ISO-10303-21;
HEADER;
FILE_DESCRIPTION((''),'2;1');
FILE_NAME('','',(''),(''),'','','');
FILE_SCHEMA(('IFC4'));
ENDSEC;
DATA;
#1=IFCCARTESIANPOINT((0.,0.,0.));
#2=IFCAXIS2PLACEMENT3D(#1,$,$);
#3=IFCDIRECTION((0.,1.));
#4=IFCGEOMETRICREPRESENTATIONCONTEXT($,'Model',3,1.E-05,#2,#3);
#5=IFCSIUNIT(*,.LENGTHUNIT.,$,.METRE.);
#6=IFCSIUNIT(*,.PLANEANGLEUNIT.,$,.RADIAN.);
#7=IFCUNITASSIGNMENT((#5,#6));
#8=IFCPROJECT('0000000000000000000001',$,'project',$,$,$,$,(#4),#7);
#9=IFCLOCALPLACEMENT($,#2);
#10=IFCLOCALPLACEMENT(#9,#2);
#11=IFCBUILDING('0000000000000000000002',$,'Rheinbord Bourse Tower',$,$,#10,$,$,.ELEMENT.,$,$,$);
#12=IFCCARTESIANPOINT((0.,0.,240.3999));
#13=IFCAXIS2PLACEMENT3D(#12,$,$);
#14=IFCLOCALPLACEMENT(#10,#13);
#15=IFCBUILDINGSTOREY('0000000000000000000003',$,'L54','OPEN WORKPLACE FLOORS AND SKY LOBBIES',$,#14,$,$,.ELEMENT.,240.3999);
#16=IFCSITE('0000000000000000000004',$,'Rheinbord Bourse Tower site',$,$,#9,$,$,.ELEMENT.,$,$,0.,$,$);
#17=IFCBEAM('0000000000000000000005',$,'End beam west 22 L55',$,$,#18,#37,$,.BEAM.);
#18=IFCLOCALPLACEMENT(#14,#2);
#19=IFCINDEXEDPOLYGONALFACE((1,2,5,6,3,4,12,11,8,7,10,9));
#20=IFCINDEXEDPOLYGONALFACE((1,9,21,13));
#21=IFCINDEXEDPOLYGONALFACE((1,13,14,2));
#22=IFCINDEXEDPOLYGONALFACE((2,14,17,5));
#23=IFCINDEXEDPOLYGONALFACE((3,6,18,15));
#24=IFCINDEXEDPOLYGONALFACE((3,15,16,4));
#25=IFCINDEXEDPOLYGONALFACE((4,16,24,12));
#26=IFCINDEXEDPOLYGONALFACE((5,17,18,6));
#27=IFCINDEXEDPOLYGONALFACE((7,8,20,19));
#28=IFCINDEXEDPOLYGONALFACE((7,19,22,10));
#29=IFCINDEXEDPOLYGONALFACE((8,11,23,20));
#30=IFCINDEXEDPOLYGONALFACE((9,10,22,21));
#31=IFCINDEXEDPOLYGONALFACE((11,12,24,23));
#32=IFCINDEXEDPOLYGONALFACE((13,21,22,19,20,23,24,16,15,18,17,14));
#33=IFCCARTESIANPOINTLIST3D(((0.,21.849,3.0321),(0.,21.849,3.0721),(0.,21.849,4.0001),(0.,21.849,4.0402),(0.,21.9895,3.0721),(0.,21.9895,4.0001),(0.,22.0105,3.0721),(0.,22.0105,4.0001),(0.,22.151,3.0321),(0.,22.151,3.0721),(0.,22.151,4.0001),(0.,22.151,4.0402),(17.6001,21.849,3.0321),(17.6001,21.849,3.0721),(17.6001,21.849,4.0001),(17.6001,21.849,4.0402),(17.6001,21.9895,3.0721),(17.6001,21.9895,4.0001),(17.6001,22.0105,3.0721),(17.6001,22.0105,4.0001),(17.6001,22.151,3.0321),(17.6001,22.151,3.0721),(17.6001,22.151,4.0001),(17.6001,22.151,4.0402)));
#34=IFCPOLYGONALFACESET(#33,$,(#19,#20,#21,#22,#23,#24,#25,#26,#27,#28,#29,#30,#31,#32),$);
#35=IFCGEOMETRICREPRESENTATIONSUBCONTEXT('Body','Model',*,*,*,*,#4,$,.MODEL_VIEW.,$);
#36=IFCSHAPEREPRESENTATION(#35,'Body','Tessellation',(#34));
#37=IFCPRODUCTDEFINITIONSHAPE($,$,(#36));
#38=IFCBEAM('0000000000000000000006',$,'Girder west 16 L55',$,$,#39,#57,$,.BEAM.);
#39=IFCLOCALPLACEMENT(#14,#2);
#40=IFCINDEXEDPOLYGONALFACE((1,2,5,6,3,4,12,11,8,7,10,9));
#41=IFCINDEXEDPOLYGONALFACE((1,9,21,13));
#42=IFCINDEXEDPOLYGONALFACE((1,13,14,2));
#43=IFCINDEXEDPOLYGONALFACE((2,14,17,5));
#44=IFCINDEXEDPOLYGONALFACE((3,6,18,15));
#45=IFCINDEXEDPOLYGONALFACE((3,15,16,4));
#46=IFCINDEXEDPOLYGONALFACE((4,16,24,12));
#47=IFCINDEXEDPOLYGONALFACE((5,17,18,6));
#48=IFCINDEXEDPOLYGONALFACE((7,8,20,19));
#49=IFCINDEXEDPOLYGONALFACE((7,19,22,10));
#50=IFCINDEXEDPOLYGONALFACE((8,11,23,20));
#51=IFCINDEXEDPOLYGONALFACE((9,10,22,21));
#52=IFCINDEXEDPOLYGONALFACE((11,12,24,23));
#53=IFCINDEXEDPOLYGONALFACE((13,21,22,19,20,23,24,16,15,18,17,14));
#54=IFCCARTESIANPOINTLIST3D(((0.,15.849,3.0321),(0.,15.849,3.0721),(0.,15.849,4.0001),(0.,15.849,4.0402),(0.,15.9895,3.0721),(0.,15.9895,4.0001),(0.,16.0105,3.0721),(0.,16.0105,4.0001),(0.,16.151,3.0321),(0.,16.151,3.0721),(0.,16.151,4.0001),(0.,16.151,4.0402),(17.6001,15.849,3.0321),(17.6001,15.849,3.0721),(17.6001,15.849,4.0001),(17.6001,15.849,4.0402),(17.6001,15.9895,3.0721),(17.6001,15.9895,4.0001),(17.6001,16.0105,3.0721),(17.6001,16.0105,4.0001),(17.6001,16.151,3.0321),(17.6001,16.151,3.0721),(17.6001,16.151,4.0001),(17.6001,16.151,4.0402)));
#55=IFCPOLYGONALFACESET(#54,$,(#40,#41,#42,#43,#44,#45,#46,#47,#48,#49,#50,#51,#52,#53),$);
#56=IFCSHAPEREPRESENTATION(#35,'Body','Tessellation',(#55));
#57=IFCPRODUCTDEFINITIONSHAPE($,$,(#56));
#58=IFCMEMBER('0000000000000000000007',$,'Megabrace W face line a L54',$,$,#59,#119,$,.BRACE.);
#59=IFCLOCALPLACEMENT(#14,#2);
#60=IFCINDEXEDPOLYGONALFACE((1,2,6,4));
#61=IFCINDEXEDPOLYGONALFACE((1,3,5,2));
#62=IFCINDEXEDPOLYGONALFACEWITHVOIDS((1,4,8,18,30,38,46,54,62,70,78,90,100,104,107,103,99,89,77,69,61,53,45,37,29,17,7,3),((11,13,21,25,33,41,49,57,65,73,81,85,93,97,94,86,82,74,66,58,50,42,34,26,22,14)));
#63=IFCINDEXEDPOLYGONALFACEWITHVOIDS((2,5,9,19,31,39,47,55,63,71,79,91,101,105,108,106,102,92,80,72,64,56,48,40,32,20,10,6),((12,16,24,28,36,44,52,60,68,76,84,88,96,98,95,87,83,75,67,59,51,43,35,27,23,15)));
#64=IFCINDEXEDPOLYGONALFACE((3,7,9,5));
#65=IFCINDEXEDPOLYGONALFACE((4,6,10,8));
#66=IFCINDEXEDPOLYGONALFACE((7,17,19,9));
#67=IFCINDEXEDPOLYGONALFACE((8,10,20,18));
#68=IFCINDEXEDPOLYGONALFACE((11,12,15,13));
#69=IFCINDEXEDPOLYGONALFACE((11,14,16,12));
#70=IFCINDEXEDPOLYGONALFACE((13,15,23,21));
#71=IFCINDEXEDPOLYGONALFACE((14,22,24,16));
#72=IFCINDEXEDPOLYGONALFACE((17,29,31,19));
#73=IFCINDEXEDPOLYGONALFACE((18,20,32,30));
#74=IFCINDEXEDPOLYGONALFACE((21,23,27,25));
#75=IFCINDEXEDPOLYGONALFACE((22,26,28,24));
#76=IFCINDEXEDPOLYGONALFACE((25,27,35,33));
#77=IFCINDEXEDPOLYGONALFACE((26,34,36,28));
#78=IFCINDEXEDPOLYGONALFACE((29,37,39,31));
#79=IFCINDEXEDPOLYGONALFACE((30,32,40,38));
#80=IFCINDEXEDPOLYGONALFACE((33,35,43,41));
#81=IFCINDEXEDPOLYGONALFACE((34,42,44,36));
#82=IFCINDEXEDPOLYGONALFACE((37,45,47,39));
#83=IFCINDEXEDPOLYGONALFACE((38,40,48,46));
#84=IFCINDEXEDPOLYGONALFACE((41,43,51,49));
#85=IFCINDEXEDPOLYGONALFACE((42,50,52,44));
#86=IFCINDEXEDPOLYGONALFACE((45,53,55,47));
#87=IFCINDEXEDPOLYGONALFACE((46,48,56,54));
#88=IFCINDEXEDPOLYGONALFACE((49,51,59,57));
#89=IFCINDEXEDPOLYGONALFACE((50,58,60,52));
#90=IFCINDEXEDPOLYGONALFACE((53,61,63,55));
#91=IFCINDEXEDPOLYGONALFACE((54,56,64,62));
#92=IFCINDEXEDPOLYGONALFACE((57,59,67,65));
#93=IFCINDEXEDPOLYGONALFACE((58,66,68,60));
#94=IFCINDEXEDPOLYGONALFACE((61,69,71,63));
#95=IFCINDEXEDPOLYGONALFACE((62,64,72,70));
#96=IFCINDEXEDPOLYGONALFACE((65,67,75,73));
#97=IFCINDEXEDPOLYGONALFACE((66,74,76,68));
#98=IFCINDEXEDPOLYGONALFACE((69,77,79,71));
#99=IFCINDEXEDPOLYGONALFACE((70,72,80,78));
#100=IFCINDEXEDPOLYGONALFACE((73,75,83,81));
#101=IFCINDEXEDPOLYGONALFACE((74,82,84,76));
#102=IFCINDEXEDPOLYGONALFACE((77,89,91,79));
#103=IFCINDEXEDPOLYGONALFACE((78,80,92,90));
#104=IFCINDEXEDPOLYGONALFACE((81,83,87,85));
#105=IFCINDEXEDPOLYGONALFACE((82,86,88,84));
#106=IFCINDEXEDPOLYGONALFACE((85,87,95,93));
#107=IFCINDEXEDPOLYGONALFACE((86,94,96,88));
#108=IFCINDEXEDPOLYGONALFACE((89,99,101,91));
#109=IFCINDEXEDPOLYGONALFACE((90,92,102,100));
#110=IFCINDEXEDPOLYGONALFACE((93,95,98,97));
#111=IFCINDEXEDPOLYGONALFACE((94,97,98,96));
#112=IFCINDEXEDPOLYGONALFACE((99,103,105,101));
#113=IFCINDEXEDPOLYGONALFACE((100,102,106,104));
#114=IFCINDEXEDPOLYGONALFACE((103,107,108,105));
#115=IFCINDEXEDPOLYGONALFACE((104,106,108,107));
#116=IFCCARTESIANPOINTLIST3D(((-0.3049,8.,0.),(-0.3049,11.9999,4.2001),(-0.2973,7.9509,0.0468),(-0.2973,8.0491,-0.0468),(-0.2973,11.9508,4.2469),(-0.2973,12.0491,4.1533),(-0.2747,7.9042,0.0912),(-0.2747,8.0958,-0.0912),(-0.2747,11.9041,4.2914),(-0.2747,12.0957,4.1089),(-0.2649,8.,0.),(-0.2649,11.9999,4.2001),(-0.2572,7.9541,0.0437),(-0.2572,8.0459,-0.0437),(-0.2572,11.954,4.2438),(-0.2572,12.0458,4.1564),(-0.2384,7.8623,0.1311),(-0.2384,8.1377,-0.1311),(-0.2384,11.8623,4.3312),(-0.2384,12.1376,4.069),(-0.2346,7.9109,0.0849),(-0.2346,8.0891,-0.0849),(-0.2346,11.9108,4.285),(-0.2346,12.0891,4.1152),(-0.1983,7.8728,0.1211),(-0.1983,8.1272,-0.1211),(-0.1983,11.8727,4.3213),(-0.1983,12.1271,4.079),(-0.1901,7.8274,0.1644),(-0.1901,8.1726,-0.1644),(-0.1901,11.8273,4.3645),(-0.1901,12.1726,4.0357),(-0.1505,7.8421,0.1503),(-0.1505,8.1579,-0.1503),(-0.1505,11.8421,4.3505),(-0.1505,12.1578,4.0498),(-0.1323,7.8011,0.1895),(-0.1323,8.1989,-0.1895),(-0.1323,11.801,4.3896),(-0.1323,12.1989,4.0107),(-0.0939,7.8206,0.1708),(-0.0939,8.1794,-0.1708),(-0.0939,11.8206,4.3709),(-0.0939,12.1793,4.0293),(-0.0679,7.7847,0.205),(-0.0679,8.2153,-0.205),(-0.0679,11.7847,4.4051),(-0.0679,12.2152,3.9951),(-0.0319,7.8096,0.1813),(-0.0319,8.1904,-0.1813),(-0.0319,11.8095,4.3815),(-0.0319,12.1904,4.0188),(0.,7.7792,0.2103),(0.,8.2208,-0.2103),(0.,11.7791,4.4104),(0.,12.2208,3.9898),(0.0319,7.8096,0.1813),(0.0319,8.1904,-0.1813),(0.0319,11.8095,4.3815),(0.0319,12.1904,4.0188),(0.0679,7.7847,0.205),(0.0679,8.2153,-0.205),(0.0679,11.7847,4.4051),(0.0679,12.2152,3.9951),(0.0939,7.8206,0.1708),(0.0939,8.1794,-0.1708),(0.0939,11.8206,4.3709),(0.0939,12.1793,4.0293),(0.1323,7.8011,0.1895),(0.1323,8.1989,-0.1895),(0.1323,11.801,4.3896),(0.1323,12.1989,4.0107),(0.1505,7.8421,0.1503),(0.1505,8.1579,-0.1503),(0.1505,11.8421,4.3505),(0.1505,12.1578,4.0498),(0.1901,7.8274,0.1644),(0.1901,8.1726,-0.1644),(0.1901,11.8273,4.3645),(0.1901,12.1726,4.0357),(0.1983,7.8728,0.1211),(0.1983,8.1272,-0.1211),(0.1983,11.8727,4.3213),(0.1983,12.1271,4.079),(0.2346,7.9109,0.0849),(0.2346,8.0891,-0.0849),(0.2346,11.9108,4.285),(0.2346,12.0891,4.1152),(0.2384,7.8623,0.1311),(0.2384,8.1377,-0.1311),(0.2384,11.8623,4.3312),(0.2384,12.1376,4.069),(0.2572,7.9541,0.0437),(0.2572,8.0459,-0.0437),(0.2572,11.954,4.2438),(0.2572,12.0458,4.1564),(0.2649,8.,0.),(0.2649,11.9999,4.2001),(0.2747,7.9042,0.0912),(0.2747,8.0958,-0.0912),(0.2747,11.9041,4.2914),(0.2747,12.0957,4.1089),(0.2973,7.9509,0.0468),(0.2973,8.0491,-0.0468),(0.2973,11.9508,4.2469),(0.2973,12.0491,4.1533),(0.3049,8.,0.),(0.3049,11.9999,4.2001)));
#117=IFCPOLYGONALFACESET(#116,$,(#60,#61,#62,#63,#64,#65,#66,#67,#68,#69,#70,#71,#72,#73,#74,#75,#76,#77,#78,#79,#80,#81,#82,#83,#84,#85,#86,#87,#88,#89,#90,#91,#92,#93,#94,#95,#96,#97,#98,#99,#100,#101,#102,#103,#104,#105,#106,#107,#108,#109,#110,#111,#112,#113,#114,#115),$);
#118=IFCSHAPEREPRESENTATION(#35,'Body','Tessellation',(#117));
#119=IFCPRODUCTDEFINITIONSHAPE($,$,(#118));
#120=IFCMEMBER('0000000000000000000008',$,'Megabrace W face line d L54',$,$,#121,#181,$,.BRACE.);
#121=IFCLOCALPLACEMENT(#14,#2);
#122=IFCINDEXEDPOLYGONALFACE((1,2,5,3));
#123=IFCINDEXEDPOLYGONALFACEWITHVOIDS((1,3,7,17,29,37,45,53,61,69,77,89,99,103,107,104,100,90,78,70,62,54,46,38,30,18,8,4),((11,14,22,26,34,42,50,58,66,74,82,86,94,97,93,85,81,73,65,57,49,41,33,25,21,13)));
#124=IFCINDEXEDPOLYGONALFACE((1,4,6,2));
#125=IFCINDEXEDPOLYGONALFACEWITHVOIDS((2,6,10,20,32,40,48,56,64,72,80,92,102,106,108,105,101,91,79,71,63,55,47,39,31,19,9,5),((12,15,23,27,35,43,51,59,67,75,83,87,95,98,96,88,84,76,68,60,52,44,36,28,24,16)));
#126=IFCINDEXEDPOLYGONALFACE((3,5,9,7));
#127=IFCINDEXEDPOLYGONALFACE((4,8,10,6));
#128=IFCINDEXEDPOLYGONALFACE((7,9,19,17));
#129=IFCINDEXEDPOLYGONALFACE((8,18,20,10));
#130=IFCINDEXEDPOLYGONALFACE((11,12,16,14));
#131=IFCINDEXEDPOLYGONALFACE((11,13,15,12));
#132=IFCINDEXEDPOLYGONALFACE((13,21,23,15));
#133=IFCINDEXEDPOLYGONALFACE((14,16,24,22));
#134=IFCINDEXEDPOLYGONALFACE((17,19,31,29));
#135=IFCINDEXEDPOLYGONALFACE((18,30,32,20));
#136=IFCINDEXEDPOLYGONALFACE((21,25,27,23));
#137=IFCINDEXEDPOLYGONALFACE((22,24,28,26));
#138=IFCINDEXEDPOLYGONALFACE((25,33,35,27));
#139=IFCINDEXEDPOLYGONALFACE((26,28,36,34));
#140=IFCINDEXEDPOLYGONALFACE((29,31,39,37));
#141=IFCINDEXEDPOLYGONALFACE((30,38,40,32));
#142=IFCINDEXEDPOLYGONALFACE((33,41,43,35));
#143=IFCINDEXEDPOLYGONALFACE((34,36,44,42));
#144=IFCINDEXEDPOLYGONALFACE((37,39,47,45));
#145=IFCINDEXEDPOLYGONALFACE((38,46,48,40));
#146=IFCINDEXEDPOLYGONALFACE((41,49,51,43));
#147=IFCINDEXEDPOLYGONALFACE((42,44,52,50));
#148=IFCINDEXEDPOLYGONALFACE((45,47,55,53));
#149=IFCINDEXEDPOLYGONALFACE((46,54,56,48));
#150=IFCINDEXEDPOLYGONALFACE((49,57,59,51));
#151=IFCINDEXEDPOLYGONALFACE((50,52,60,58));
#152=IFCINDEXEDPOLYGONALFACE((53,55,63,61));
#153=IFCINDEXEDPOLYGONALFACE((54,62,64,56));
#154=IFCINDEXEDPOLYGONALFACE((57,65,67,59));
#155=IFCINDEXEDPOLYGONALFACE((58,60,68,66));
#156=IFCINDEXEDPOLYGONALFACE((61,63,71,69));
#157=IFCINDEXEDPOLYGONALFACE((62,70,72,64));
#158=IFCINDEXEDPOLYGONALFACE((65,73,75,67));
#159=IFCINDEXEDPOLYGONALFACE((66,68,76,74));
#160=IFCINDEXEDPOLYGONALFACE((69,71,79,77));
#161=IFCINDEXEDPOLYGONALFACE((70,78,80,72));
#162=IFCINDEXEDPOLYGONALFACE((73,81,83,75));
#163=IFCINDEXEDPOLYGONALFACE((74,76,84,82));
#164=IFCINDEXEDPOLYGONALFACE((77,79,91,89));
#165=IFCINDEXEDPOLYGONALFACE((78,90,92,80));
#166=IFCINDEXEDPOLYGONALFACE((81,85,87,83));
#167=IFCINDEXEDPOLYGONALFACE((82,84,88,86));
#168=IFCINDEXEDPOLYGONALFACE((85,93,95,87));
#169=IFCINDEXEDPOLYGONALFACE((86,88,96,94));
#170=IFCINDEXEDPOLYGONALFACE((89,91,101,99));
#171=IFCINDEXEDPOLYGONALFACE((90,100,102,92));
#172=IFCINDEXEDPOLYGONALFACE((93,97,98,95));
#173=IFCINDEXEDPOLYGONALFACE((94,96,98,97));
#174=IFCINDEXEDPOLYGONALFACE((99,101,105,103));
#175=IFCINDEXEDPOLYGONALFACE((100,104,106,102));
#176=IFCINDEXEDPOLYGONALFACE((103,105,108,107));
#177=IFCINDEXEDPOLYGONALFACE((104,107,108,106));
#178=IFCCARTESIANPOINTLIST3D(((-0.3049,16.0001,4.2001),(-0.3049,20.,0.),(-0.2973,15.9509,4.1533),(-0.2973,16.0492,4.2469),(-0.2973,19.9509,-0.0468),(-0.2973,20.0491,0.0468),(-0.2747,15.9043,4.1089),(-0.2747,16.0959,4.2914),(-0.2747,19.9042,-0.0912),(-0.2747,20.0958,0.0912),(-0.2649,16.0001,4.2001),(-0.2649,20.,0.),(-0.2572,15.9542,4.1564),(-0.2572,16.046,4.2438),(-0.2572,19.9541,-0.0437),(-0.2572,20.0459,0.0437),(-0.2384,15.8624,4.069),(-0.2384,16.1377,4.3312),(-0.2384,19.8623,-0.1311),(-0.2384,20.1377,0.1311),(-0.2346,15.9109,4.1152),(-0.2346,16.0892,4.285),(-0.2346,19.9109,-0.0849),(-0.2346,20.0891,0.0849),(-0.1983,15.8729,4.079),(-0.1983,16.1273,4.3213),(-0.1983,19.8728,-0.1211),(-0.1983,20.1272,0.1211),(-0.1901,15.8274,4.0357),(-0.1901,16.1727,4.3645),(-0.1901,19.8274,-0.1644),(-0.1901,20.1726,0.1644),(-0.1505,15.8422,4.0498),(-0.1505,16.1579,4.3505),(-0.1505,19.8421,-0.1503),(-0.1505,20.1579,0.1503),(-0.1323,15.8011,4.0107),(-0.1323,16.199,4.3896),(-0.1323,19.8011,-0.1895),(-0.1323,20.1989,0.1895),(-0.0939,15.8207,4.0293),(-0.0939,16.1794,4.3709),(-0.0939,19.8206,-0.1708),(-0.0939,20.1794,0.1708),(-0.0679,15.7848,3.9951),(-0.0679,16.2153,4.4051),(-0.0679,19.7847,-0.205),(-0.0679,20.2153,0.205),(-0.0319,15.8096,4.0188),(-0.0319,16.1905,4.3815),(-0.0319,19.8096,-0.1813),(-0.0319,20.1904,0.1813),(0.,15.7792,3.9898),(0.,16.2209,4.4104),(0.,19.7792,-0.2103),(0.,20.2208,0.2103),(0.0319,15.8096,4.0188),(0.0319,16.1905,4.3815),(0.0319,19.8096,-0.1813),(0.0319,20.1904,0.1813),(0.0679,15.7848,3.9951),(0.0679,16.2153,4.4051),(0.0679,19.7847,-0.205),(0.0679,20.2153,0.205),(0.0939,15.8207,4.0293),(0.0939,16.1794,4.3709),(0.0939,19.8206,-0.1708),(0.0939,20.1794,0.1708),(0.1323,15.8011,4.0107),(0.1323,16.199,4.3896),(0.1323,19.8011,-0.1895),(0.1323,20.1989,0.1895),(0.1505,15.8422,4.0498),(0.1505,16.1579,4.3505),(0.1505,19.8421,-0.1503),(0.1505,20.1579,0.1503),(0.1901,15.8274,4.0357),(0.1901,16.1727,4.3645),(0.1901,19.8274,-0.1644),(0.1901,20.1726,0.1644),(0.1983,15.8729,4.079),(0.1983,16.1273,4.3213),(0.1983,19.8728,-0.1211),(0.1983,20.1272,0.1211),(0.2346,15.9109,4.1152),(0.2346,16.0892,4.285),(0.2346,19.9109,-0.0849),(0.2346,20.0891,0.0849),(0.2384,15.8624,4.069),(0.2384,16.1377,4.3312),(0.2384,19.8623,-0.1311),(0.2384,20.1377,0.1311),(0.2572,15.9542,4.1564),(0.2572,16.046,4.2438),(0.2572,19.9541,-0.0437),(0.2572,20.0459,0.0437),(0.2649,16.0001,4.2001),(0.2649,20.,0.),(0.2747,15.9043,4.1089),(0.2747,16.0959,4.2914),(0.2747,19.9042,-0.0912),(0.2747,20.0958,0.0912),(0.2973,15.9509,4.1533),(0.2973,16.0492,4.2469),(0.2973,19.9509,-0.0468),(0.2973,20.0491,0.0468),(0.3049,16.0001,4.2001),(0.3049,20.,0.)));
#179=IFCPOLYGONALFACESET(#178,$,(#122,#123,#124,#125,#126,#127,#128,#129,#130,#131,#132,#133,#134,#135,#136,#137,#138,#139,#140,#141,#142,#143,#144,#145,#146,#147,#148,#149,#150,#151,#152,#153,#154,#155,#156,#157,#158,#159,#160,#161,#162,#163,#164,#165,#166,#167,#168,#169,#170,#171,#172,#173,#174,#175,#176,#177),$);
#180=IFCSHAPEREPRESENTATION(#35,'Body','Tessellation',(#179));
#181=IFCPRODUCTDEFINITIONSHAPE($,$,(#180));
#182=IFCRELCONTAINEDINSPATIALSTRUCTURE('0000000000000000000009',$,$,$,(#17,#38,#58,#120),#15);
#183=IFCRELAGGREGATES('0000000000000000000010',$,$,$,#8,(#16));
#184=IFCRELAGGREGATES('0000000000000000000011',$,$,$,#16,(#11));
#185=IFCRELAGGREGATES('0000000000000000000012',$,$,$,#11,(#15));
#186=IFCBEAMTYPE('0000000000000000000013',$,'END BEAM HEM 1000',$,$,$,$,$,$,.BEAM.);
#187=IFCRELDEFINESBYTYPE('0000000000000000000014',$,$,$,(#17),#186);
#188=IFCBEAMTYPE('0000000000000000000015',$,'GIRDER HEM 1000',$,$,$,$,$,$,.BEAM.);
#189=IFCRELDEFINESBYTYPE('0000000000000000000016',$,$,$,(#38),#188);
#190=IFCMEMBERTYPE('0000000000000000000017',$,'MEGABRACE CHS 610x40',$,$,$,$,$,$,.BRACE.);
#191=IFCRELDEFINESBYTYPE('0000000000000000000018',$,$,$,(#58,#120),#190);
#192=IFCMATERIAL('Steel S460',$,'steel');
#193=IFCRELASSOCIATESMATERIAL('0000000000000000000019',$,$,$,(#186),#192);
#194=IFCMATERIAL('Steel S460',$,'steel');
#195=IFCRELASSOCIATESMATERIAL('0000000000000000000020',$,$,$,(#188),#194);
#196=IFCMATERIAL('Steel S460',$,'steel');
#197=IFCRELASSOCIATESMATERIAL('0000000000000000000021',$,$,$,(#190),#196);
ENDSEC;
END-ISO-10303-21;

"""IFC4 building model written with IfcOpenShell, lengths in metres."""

from ifc_helpers import new_model, si_unit, direction, frame, origin, origin_2d, place, context, subcontext, project, spatial, hollow_circle, i_section, extrude, material, material_profile, profile_set, type_object, element, save


model = new_model("IFC4")

# Units and contexts
model_context = context("Model", 3, precision=1e-05, world=origin(), true_north=direction((0.0, 1.0)))
body_context = subcontext(model_context, "Body", "Model", "MODEL_VIEW")
ifc_project = project(units=[si_unit("LENGTHUNIT", "METRE"), si_unit("PLANEANGLEUNIT", "RADIAN")], contexts=[model_context])

# Site, building, storey
site_placement = place(None, origin())
site = spatial("IfcSite", under=ifc_project, at=site_placement, Name="Rheinbord Bourse Tower site", CompositionType="ELEMENT", RefElevation=0.0)
building_placement = place(site_placement, origin())
building = spatial("IfcBuilding", under=site, at=building_placement, Name="Rheinbord Bourse Tower", CompositionType="ELEMENT")
storey_placement = place(building_placement, frame((0.0, 0.0, 240.3999)))
storey = spatial("IfcBuildingStorey", under=building, at=storey_placement, Name="L54", Description="OPEN WORKPLACE FLOORS AND SKY LOBBIES", CompositionType="ELEMENT", Elevation=240.3999)

# Beams
ifc_material_1 = material(Name="Steel S460", Category="steel")
ifc_material_profile_1 = material_profile(ifc_material_1, i_section(OverallWidth=0.302, OverallDepth=1.0081, WebThickness=0.021, FlangeThickness=0.04, at=origin_2d()), Name="HEM 1000")
ifc_profile_set_1 = profile_set([ifc_material_profile_1], Name="Steel S460")
beam_type_1 = type_object("IfcBeamType", Name="END BEAM HEM 1000", PredefinedType="BEAM", material=ifc_profile_set_1)
for number, where, z_axis, x_axis, name in (
    (1, (0.0, 22.0, 3.5361), (1.0, 0.0, 0.0), (0.0, 1.0, 0.0), "End beam west 22 L55"),
):
    element("IfcBeam", number, at=place(storey_placement, frame(where, z_axis=z_axis, x_axis=x_axis)), inside=storey, type_object=beam_type_1, Name=name, PredefinedType="BEAM", context=body_context, shape_type="SweptSolid", body=[
        extrude(i_section(OverallWidth=0.302, OverallDepth=1.0081, WebThickness=0.021, FlangeThickness=0.04, at=origin_2d()), origin(), (0.0, 0.0, 1.0), 17.6001),
    ])
ifc_material_2 = material(Name="Steel S460", Category="steel")
ifc_material_profile_2 = material_profile(ifc_material_2, i_section(OverallWidth=0.302, OverallDepth=1.0081, WebThickness=0.021, FlangeThickness=0.04, at=origin_2d()), Name="HEM 1000")
ifc_profile_set_2 = profile_set([ifc_material_profile_2], Name="Steel S460")
beam_type_2 = type_object("IfcBeamType", Name="GIRDER HEM 1000", PredefinedType="BEAM", material=ifc_profile_set_2)
beam_1_placement = place(storey_placement, frame((0.0, 16.0, 3.5361), z_axis=(1.0, 0.0, 0.0), x_axis=(0.0, 1.0, 0.0)))
element("IfcBeam", 2, at=beam_1_placement, inside=storey, type_object=beam_type_2, Name="Girder west 16 L55", PredefinedType="BEAM", context=body_context, shape_type="SweptSolid", body=[
    extrude(i_section(OverallWidth=0.302, OverallDepth=1.0081, WebThickness=0.021, FlangeThickness=0.04, at=origin_2d()), origin(), (0.0, 0.0, 1.0), 17.6001),
])

# Members
ifc_material_3 = material(Name="Steel S460", Category="steel")
ifc_material_profile_3 = material_profile(ifc_material_3, hollow_circle(Radius=0.3049, WallThickness=0.04, at=origin_2d()), Name="CHS 610x40")
ifc_profile_set_3 = profile_set([ifc_material_profile_3], Name="Steel S460")
member_type_1 = type_object("IfcMemberType", Name="MEGABRACE CHS 610x40", PredefinedType="BRACE", material=ifc_profile_set_3)
for number, where, z_axis, x_axis, name in (
    (3, (0.0, 8.0, 0.0), (0.0, 0.689638, 0.724154), (-1.0, 0.0, 0.0), "Megabrace W face line a L54"),
    (4, (0.0, 20.0, 0.0), (0.0, -0.689638, 0.724154), (1.0, 0.0, 0.0), "Megabrace W face line d L54"),
):
    element("IfcMember", number, at=place(storey_placement, frame(where, z_axis=z_axis, x_axis=x_axis)), inside=storey, type_object=member_type_1, Name=name, PredefinedType="BRACE", context=body_context, shape_type="SweptSolid", body=[
        extrude(hollow_circle(Radius=0.3049, WallThickness=0.04, at=origin_2d()), origin(), (0.0, 0.0, 1.0), 5.8),
    ])

save(model, "model.ifc")
